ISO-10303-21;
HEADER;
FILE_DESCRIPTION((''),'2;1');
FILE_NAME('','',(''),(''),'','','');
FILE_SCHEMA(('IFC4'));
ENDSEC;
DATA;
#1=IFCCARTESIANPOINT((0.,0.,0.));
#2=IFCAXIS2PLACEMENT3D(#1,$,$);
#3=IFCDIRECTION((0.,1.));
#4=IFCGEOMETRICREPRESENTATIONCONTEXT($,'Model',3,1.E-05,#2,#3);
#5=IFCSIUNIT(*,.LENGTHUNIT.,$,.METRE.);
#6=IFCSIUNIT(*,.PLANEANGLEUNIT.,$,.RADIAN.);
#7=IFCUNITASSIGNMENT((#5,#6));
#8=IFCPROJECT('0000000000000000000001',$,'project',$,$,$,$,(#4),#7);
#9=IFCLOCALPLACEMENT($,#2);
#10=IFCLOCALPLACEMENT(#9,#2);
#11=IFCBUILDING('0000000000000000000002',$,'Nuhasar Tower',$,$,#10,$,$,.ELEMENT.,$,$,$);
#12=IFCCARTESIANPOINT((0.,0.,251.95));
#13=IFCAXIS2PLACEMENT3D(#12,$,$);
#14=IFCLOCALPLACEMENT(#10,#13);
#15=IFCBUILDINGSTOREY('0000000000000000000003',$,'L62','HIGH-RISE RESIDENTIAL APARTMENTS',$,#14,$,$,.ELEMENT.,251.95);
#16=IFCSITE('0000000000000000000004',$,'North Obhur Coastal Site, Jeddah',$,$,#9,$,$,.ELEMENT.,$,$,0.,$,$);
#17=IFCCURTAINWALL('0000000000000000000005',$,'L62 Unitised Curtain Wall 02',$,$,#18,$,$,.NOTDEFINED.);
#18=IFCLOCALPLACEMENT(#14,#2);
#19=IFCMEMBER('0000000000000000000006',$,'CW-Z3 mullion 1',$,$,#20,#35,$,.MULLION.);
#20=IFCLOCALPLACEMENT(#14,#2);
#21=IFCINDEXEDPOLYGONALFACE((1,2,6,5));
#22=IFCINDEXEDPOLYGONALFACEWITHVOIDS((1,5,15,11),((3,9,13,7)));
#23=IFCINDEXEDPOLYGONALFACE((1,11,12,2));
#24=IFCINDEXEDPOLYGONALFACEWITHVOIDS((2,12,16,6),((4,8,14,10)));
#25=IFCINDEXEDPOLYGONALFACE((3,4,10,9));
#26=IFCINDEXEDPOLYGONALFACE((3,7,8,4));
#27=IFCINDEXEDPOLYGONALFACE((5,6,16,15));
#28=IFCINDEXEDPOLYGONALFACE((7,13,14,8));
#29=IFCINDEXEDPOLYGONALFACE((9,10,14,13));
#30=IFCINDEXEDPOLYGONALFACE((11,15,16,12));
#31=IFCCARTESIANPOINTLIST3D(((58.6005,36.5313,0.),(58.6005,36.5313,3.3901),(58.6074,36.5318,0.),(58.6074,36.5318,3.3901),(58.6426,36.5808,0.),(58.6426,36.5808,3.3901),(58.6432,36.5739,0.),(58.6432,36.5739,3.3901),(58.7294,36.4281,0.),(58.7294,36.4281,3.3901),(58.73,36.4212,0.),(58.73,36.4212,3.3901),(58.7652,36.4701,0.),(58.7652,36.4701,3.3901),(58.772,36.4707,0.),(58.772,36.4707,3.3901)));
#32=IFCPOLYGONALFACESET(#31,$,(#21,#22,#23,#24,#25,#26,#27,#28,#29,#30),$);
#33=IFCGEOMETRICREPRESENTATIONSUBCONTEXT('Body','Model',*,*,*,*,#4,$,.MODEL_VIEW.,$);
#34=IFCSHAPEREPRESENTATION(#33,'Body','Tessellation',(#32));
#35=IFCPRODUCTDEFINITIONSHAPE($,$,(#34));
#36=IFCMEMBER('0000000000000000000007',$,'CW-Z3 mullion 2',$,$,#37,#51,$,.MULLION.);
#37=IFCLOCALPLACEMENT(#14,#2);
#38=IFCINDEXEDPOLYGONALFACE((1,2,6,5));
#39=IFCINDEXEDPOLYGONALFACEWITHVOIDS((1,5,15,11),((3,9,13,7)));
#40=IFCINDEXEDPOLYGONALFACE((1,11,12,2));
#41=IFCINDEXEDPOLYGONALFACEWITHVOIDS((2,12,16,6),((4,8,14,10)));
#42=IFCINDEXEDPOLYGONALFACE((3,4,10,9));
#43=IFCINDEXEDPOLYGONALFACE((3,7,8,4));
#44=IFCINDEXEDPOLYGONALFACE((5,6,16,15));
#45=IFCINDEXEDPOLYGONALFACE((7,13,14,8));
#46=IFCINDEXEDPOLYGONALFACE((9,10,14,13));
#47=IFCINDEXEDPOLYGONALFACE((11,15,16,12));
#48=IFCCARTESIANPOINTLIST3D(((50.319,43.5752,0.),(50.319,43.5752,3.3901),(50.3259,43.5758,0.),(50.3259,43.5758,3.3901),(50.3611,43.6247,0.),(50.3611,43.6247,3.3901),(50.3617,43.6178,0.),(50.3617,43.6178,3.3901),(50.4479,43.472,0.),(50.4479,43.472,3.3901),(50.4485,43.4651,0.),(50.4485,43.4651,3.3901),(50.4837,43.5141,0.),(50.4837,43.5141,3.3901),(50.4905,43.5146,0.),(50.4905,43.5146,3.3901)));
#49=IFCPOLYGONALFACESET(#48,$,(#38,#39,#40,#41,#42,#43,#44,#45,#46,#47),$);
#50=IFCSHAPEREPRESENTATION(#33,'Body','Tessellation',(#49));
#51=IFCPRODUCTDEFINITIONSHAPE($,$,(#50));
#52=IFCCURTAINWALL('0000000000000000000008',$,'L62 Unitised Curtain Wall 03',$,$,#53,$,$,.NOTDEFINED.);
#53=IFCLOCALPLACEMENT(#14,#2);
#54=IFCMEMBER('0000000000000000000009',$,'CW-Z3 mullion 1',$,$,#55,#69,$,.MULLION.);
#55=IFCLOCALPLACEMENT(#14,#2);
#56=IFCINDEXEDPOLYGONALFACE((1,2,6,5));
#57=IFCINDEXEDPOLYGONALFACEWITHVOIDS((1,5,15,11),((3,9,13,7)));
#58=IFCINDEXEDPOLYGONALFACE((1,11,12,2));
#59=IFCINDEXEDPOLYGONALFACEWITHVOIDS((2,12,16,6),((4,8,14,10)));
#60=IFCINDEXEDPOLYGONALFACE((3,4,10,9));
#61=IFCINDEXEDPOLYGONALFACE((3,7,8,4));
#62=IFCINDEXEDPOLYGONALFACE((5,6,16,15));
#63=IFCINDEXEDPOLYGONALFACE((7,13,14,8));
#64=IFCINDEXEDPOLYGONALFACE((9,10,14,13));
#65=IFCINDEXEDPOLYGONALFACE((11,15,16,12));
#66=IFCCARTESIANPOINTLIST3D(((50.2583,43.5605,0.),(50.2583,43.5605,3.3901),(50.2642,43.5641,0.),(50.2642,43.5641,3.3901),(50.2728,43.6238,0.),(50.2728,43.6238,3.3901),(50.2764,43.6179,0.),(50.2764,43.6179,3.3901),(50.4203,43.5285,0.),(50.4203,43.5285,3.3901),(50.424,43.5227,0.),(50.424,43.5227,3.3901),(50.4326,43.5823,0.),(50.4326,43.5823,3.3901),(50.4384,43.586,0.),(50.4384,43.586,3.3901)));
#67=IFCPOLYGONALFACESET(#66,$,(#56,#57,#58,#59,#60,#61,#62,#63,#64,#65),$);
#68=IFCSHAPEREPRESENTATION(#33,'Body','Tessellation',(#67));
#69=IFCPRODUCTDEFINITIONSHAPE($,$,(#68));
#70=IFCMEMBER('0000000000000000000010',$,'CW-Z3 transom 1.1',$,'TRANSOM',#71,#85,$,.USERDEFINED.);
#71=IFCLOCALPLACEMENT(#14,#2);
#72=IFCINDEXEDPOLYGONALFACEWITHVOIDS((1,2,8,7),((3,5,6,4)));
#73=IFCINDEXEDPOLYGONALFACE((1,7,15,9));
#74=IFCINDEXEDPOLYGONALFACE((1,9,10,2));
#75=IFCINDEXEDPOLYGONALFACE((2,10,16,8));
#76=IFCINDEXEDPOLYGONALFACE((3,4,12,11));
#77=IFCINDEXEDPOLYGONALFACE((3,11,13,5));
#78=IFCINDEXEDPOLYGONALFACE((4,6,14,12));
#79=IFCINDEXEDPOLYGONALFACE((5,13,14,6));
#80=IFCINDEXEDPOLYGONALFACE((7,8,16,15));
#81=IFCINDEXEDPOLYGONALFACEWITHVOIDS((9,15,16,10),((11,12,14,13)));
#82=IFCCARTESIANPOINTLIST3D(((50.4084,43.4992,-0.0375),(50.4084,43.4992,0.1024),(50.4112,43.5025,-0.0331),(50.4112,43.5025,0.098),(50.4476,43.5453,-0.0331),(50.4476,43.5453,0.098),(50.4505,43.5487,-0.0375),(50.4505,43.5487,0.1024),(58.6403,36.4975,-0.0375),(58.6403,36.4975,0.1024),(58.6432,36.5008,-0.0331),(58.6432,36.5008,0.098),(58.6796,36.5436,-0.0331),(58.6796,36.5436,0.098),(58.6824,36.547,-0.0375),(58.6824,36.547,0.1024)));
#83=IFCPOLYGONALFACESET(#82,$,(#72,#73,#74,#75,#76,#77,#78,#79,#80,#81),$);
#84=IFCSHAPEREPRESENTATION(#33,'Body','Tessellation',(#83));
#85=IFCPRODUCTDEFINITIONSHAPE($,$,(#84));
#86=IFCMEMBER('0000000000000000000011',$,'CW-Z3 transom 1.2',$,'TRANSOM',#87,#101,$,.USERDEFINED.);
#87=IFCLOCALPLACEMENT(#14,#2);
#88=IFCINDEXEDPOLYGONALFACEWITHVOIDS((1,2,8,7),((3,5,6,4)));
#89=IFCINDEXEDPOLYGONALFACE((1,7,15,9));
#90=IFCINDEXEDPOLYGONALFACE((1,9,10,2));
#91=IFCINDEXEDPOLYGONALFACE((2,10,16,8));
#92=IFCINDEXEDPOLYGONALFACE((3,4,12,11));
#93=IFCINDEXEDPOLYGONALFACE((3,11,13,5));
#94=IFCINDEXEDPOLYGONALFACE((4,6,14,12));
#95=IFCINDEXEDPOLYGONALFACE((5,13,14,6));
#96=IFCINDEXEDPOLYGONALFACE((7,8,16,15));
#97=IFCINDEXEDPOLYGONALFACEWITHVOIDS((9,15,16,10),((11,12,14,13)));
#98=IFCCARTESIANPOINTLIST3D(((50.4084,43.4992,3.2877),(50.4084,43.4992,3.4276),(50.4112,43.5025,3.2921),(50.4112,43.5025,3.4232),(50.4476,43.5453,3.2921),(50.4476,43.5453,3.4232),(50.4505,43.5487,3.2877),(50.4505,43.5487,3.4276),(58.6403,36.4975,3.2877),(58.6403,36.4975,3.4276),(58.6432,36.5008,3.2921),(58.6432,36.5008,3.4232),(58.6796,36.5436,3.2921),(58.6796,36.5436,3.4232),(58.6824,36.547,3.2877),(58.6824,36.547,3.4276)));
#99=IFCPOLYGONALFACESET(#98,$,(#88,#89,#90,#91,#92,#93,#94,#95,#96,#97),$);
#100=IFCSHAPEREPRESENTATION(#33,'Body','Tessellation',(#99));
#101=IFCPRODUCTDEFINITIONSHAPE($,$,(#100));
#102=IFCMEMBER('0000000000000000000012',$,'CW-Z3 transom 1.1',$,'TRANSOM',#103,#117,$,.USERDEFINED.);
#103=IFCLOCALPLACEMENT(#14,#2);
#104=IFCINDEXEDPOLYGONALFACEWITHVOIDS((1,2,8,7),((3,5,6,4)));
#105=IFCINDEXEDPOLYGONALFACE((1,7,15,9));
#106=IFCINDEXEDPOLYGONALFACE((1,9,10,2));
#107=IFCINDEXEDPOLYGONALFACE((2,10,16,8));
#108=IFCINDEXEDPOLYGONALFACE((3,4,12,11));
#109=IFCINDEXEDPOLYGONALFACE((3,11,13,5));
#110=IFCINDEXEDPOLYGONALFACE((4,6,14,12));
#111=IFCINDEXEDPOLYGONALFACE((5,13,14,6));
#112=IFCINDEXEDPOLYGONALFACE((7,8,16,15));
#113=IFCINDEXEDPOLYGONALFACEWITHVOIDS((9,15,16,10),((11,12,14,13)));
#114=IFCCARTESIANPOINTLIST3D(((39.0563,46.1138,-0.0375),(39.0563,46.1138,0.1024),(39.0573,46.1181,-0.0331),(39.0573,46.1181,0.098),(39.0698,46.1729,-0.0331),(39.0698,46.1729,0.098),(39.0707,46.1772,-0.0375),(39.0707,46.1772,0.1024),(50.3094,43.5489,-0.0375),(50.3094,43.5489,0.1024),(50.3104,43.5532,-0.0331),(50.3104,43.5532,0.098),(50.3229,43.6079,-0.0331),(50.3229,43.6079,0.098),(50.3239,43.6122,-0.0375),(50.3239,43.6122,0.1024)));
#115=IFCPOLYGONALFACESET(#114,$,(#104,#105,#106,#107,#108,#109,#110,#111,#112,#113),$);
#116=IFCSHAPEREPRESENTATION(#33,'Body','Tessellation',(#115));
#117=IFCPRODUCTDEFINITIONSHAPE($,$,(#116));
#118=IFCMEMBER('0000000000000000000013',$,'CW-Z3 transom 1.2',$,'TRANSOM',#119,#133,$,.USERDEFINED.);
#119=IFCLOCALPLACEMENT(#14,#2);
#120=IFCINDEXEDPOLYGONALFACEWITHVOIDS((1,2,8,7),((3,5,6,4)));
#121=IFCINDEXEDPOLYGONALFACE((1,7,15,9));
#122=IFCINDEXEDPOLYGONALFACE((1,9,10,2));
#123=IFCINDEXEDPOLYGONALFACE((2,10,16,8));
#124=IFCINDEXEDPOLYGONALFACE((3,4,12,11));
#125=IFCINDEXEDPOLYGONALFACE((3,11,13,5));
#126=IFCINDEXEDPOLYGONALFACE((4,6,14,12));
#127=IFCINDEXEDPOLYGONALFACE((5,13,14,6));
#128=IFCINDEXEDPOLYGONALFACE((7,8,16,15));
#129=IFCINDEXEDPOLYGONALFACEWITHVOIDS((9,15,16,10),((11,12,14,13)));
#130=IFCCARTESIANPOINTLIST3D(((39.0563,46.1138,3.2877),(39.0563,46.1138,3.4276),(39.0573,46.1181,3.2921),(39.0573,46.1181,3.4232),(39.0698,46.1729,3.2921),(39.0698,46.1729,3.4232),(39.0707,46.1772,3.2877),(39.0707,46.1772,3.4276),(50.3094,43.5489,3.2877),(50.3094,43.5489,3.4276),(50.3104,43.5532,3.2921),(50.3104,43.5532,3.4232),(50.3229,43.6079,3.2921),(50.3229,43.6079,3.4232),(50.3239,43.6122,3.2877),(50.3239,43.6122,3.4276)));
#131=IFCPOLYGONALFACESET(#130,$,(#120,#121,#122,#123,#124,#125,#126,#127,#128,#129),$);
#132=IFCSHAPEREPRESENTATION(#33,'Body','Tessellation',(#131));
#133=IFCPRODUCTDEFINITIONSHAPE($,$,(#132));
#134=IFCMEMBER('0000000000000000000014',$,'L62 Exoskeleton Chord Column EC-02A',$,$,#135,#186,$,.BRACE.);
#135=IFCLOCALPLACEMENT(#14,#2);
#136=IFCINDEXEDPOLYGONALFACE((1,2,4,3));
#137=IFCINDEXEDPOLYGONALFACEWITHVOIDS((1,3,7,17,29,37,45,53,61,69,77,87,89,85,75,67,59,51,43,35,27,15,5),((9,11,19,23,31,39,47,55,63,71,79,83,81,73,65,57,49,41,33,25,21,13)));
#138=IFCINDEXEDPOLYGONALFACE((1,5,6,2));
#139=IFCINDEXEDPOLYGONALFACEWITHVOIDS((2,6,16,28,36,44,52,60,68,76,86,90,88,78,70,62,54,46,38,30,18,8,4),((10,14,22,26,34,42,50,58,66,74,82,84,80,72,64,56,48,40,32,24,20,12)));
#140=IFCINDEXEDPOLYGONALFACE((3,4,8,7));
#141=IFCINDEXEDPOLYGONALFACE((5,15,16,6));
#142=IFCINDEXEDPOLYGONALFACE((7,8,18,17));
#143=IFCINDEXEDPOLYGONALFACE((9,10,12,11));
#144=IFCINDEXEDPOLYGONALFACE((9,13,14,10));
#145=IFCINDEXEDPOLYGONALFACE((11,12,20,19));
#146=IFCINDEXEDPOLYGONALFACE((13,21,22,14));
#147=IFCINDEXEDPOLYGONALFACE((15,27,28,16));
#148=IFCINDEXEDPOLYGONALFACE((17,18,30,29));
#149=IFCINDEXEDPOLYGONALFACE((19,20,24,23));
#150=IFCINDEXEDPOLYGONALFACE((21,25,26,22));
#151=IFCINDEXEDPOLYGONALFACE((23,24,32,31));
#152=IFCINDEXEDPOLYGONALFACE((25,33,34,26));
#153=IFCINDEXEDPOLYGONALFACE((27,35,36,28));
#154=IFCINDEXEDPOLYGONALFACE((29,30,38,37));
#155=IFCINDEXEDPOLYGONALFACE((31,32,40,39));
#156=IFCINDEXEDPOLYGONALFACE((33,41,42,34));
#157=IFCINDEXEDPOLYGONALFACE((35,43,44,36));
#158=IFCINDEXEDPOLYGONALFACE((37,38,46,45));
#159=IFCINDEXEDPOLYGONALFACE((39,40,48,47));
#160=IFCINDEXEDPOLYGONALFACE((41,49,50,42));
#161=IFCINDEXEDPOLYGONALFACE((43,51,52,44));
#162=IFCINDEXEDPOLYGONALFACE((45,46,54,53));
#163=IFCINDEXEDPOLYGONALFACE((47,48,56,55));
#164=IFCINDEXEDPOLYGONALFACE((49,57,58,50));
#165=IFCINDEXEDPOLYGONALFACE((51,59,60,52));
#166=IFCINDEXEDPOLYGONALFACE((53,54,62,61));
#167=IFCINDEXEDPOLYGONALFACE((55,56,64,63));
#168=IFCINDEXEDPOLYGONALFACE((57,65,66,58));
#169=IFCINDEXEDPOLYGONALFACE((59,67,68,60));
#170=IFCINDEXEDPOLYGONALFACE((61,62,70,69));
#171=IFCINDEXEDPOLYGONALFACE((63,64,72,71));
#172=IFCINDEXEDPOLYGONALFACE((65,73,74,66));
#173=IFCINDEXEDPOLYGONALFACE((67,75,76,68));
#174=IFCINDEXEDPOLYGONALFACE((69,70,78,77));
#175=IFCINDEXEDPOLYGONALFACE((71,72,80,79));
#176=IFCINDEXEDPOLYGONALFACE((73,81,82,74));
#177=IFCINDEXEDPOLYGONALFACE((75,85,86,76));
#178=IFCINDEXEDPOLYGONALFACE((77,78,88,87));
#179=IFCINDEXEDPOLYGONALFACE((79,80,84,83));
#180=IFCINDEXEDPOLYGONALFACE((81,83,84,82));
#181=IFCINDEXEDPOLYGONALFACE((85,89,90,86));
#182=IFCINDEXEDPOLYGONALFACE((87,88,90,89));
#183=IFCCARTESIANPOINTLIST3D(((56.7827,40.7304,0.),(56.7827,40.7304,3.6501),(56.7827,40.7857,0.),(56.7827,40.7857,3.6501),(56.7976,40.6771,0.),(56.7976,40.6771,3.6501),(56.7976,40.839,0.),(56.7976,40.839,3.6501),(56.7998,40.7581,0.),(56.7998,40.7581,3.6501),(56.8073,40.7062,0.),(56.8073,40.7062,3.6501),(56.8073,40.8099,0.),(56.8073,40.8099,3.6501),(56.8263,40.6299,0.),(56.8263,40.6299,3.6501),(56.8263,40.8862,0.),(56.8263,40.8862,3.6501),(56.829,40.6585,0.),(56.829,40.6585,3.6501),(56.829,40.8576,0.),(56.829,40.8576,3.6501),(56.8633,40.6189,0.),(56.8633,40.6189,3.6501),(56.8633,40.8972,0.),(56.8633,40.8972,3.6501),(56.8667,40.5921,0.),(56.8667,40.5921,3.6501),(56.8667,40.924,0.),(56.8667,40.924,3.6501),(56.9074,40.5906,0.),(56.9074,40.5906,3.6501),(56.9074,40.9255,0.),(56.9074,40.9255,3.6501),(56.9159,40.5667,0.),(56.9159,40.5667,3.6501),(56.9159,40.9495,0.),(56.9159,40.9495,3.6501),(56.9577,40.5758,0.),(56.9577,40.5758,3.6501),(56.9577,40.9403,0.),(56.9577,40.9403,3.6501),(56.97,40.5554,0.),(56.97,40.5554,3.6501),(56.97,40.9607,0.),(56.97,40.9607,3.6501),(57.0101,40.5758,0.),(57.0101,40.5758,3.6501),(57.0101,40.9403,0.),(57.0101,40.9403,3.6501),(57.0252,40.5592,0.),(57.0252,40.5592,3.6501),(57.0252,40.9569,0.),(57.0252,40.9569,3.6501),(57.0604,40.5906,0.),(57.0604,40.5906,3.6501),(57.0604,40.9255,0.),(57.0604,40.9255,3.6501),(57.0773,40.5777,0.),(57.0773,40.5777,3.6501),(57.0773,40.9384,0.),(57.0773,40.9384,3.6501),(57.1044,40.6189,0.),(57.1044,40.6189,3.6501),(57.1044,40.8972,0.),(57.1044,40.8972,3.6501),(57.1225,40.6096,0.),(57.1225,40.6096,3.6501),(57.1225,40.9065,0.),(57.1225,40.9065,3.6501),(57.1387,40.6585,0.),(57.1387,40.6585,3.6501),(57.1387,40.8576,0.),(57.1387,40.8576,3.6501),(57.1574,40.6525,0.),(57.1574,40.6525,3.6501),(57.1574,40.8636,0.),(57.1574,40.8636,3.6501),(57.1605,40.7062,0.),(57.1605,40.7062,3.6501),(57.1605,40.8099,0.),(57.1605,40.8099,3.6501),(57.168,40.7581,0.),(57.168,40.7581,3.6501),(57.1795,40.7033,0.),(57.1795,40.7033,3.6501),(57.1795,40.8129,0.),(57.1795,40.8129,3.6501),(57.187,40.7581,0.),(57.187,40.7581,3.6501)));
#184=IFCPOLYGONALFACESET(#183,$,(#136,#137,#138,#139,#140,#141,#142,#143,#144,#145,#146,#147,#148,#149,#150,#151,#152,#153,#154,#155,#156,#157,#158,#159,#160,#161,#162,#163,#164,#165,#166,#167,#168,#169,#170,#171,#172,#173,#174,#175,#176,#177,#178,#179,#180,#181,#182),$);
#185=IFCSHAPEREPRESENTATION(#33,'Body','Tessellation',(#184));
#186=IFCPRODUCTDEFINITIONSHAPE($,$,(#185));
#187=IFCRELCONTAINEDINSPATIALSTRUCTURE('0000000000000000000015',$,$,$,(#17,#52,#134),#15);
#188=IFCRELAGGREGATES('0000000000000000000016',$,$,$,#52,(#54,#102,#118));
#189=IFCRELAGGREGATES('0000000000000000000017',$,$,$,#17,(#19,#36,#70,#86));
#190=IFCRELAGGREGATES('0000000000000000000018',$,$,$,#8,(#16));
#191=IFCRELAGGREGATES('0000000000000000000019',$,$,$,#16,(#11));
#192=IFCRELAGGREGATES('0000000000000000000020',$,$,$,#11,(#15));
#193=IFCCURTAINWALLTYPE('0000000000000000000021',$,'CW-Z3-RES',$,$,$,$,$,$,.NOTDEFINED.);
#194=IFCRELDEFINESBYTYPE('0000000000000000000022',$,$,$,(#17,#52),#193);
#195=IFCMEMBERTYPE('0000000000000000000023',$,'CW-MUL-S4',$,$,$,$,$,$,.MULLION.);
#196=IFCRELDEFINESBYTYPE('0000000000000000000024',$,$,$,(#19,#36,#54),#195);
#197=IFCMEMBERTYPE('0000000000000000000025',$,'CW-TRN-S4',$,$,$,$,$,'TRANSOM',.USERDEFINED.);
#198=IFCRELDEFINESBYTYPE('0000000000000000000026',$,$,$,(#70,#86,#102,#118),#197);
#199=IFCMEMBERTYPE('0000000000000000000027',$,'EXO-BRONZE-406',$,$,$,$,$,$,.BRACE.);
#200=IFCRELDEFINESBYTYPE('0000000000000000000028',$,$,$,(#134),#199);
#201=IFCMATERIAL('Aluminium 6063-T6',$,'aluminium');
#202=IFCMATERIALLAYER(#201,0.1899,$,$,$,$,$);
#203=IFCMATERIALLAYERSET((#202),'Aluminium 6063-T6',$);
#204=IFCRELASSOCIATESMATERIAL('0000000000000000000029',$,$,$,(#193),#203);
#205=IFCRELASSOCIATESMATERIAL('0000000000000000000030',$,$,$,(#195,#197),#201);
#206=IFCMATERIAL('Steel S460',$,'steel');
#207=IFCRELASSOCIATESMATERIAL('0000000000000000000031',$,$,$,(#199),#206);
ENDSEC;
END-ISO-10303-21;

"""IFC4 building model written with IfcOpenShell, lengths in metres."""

from ifc_helpers import new_model, si_unit, direction, frame, origin, origin_2d, place, context, subcontext, project, spatial, hollow_rectangle, hollow_circle, extrude, material, layer, layer_set, material_profile, profile_set, type_object, element, aggregate, save


model = new_model("IFC4")

# Units and contexts
model_context = context("Model", 3, precision=1e-05, world=origin(), true_north=direction((0.0, 1.0)))
body_context = subcontext(model_context, "Body", "Model", "MODEL_VIEW")
ifc_project = project(units=[si_unit("LENGTHUNIT", "METRE"), si_unit("PLANEANGLEUNIT", "RADIAN")], contexts=[model_context])

# Site, building, storey
site_placement = place(None, origin())
site = spatial("IfcSite", under=ifc_project, at=site_placement, Name="North Obhur Coastal Site, Jeddah", CompositionType="ELEMENT", RefElevation=0.0)
building_placement = place(site_placement, origin())
building = spatial("IfcBuilding", under=site, at=building_placement, Name="Nuhasar Tower", CompositionType="ELEMENT")
storey_placement = place(building_placement, frame((0.0, 0.0, 251.95)))
storey = spatial("IfcBuildingStorey", under=building, at=storey_placement, Name="L62", Description="HIGH-RISE RESIDENTIAL APARTMENTS", CompositionType="ELEMENT", Elevation=251.95)

# Curtain wall, members
ifc_material_1 = material(Name="Aluminium 6063-T6", Category="aluminium")
ifc_layer_1 = layer(ifc_material_1, 0.1899)
ifc_layer_set_1 = layer_set([ifc_layer_1], Name="Aluminium 6063-T6")
curtain_wall_type = type_object("IfcCurtainWallType", Name="CW-Z3-RES", PredefinedType="NOTDEFINED", material=ifc_layer_set_1)
curtain_wall_1_placement = place(storey_placement, origin())
curtain_wall_1 = element("IfcCurtainWall", 1, at=curtain_wall_1_placement, inside=storey, type_object=curtain_wall_type, Name="L62 Unitised Curtain Wall 02", PredefinedType="NOTDEFINED")
ifc_material_profile_1 = material_profile(ifc_material_1, hollow_rectangle(XDim=0.0649, YDim=0.1699, WallThickness=0.0049, at=origin_2d()), Name="CWM-4")
ifc_profile_set_1 = profile_set([ifc_material_profile_1], Name="Aluminium 6063-T6")
member_type_1 = type_object("IfcMemberType", Name="CW-MUL-S4", PredefinedType="MULLION", material=ifc_profile_set_1)
member_1_placement = place(storey_placement, frame((58.6863, 36.501, 0.0), z_axis=(0.0, 0.0, 1.0), x_axis=(-0.647895, -0.761729, 0.0)))
member_1 = element("IfcMember", 2, at=member_1_placement, type_object=member_type_1, Name="CW-Z3 mullion 1", PredefinedType="MULLION", context=body_context, shape_type="SweptSolid", body=[
    extrude(hollow_rectangle(XDim=0.0649, YDim=0.1699, WallThickness=0.0049, at=origin_2d()), origin(), (0.0, 0.0, 1.0), 3.3901),
])
member_2_placement = place(storey_placement, frame((50.4048, 43.5449, 0.0), z_axis=(0.0, 0.0, 1.0), x_axis=(-0.647895, -0.761729, 0.0)))
member_2 = element("IfcMember", 3, at=member_2_placement, type_object=member_type_1, Name="CW-Z3 mullion 2", PredefinedType="MULLION", context=body_context, shape_type="SweptSolid", body=[
    extrude(hollow_rectangle(XDim=0.0649, YDim=0.1699, WallThickness=0.0049, at=origin_2d()), origin(), (0.0, 0.0, 1.0), 3.3901),
])

# Curtain wall, member
curtain_wall_2_placement = place(storey_placement, origin())
curtain_wall_2 = element("IfcCurtainWall", 4, at=curtain_wall_2_placement, inside=storey, type_object=curtain_wall_type, Name="L62 Unitised Curtain Wall 03", PredefinedType="NOTDEFINED")
member_3_placement = place(storey_placement, frame((50.3484, 43.5732, 0.0), z_axis=(0.0, 0.0, 1.0), x_axis=(-0.222243, -0.974991, 0.0)))
member_3 = element("IfcMember", 5, at=member_3_placement, type_object=member_type_1, Name="CW-Z3 mullion 1", PredefinedType="MULLION", context=body_context, shape_type="SweptSolid", body=[
    extrude(hollow_rectangle(XDim=0.0649, YDim=0.1699, WallThickness=0.0049, at=origin_2d()), origin(), (0.0, 0.0, 1.0), 3.3901),
])

# Members
ifc_material_profile_2 = material_profile(ifc_material_1, hollow_rectangle(XDim=0.0649, YDim=0.1399, WallThickness=0.0044, at=origin_2d()), Name="CWT-4")
ifc_profile_set_2 = profile_set([ifc_material_profile_2], Name="Aluminium 6063-T6")
member_type_2 = type_object("IfcMemberType", Name="CW-TRN-S4", ElementType="TRANSOM", PredefinedType="USERDEFINED", material=ifc_profile_set_2)
member_4_placement = place(storey_placement, frame((58.6614, 36.5222, 0.0325), z_axis=(-0.761731, 0.647894, 0.0), x_axis=(-0.647894, -0.761731, 0.0)))
member_4 = element("IfcMember", 6, at=member_4_placement, type_object=member_type_2, Name="CW-Z3 transom 1.1", ObjectType="TRANSOM", PredefinedType="USERDEFINED", context=body_context, shape_type="SweptSolid", body=[
    extrude(hollow_rectangle(XDim=0.0649, YDim=0.1399, WallThickness=0.0044, at=origin_2d()), origin(), (0.0, 0.0, 1.0), 10.8069),
])
member_5_placement = place(storey_placement, frame((58.6614, 36.5222, 3.3577), z_axis=(-0.761731, 0.647894, 0.0), x_axis=(-0.647894, -0.761731, 0.0)))
member_5 = element("IfcMember", 7, at=member_5_placement, type_object=member_type_2, Name="CW-Z3 transom 1.2", ObjectType="TRANSOM", PredefinedType="USERDEFINED", context=body_context, shape_type="SweptSolid", body=[
    extrude(hollow_rectangle(XDim=0.0649, YDim=0.1399, WallThickness=0.0044, at=origin_2d()), origin(), (0.0, 0.0, 1.0), 10.8069),
])
member_6_placement = place(storey_placement, frame((50.3167, 43.5806, 0.0325), z_axis=(-0.974994, 0.222231, 0.0), x_axis=(-0.222231, -0.974994, 0.0)))
member_6 = element("IfcMember", 8, at=member_6_placement, type_object=member_type_2, Name="CW-Z3 transom 1.1", ObjectType="TRANSOM", PredefinedType="USERDEFINED", context=body_context, shape_type="SweptSolid", body=[
    extrude(hollow_rectangle(XDim=0.0649, YDim=0.1399, WallThickness=0.0044, at=origin_2d()), origin(), (0.0, 0.0, 1.0), 11.5417),
])
member_7_placement = place(storey_placement, frame((50.3167, 43.5806, 3.3577), z_axis=(-0.974994, 0.222231, 0.0), x_axis=(-0.222231, -0.974994, 0.0)))
member_7 = element("IfcMember", 9, at=member_7_placement, type_object=member_type_2, Name="CW-Z3 transom 1.2", ObjectType="TRANSOM", PredefinedType="USERDEFINED", context=body_context, shape_type="SweptSolid", body=[
    extrude(hollow_rectangle(XDim=0.0649, YDim=0.1399, WallThickness=0.0044, at=origin_2d()), origin(), (0.0, 0.0, 1.0), 11.5417),
])
aggregate(curtain_wall_2, [member_3, member_6, member_7])

# Member
ifc_material_2 = material(Name="Steel S460", Category="steel")
ifc_material_profile_3 = material_profile(ifc_material_2, hollow_circle(Radius=0.2031, WallThickness=0.019, at=origin_2d()), Name="HSS406.4X19.1")
ifc_profile_set_3 = profile_set([ifc_material_profile_3], Name="Steel S460")
member_type_3 = type_object("IfcMemberType", Name="EXO-BRONZE-406", PredefinedType="BRACE", material=ifc_profile_set_3)
for number, where, z_axis, x_axis, name in (
    (10, (56.9839, 40.7581, 0.0), (0.0, 0.0, 1.0), (1.0, 0.0, 0.0), "L62 Exoskeleton Chord Column EC-02A"),
):
    element("IfcMember", number, at=place(storey_placement, frame(where, z_axis=z_axis, x_axis=x_axis)), inside=storey, type_object=member_type_3, Name=name, PredefinedType="BRACE", context=body_context, shape_type="SweptSolid", body=[
        extrude(hollow_circle(Radius=0.2031, WallThickness=0.019, at=origin_2d()), origin(), (0.0, 0.0, 1.0), 3.6501),
    ])

aggregate(curtain_wall_1, [member_1, member_2, member_4, member_5])

save(model, "model.ifc")
